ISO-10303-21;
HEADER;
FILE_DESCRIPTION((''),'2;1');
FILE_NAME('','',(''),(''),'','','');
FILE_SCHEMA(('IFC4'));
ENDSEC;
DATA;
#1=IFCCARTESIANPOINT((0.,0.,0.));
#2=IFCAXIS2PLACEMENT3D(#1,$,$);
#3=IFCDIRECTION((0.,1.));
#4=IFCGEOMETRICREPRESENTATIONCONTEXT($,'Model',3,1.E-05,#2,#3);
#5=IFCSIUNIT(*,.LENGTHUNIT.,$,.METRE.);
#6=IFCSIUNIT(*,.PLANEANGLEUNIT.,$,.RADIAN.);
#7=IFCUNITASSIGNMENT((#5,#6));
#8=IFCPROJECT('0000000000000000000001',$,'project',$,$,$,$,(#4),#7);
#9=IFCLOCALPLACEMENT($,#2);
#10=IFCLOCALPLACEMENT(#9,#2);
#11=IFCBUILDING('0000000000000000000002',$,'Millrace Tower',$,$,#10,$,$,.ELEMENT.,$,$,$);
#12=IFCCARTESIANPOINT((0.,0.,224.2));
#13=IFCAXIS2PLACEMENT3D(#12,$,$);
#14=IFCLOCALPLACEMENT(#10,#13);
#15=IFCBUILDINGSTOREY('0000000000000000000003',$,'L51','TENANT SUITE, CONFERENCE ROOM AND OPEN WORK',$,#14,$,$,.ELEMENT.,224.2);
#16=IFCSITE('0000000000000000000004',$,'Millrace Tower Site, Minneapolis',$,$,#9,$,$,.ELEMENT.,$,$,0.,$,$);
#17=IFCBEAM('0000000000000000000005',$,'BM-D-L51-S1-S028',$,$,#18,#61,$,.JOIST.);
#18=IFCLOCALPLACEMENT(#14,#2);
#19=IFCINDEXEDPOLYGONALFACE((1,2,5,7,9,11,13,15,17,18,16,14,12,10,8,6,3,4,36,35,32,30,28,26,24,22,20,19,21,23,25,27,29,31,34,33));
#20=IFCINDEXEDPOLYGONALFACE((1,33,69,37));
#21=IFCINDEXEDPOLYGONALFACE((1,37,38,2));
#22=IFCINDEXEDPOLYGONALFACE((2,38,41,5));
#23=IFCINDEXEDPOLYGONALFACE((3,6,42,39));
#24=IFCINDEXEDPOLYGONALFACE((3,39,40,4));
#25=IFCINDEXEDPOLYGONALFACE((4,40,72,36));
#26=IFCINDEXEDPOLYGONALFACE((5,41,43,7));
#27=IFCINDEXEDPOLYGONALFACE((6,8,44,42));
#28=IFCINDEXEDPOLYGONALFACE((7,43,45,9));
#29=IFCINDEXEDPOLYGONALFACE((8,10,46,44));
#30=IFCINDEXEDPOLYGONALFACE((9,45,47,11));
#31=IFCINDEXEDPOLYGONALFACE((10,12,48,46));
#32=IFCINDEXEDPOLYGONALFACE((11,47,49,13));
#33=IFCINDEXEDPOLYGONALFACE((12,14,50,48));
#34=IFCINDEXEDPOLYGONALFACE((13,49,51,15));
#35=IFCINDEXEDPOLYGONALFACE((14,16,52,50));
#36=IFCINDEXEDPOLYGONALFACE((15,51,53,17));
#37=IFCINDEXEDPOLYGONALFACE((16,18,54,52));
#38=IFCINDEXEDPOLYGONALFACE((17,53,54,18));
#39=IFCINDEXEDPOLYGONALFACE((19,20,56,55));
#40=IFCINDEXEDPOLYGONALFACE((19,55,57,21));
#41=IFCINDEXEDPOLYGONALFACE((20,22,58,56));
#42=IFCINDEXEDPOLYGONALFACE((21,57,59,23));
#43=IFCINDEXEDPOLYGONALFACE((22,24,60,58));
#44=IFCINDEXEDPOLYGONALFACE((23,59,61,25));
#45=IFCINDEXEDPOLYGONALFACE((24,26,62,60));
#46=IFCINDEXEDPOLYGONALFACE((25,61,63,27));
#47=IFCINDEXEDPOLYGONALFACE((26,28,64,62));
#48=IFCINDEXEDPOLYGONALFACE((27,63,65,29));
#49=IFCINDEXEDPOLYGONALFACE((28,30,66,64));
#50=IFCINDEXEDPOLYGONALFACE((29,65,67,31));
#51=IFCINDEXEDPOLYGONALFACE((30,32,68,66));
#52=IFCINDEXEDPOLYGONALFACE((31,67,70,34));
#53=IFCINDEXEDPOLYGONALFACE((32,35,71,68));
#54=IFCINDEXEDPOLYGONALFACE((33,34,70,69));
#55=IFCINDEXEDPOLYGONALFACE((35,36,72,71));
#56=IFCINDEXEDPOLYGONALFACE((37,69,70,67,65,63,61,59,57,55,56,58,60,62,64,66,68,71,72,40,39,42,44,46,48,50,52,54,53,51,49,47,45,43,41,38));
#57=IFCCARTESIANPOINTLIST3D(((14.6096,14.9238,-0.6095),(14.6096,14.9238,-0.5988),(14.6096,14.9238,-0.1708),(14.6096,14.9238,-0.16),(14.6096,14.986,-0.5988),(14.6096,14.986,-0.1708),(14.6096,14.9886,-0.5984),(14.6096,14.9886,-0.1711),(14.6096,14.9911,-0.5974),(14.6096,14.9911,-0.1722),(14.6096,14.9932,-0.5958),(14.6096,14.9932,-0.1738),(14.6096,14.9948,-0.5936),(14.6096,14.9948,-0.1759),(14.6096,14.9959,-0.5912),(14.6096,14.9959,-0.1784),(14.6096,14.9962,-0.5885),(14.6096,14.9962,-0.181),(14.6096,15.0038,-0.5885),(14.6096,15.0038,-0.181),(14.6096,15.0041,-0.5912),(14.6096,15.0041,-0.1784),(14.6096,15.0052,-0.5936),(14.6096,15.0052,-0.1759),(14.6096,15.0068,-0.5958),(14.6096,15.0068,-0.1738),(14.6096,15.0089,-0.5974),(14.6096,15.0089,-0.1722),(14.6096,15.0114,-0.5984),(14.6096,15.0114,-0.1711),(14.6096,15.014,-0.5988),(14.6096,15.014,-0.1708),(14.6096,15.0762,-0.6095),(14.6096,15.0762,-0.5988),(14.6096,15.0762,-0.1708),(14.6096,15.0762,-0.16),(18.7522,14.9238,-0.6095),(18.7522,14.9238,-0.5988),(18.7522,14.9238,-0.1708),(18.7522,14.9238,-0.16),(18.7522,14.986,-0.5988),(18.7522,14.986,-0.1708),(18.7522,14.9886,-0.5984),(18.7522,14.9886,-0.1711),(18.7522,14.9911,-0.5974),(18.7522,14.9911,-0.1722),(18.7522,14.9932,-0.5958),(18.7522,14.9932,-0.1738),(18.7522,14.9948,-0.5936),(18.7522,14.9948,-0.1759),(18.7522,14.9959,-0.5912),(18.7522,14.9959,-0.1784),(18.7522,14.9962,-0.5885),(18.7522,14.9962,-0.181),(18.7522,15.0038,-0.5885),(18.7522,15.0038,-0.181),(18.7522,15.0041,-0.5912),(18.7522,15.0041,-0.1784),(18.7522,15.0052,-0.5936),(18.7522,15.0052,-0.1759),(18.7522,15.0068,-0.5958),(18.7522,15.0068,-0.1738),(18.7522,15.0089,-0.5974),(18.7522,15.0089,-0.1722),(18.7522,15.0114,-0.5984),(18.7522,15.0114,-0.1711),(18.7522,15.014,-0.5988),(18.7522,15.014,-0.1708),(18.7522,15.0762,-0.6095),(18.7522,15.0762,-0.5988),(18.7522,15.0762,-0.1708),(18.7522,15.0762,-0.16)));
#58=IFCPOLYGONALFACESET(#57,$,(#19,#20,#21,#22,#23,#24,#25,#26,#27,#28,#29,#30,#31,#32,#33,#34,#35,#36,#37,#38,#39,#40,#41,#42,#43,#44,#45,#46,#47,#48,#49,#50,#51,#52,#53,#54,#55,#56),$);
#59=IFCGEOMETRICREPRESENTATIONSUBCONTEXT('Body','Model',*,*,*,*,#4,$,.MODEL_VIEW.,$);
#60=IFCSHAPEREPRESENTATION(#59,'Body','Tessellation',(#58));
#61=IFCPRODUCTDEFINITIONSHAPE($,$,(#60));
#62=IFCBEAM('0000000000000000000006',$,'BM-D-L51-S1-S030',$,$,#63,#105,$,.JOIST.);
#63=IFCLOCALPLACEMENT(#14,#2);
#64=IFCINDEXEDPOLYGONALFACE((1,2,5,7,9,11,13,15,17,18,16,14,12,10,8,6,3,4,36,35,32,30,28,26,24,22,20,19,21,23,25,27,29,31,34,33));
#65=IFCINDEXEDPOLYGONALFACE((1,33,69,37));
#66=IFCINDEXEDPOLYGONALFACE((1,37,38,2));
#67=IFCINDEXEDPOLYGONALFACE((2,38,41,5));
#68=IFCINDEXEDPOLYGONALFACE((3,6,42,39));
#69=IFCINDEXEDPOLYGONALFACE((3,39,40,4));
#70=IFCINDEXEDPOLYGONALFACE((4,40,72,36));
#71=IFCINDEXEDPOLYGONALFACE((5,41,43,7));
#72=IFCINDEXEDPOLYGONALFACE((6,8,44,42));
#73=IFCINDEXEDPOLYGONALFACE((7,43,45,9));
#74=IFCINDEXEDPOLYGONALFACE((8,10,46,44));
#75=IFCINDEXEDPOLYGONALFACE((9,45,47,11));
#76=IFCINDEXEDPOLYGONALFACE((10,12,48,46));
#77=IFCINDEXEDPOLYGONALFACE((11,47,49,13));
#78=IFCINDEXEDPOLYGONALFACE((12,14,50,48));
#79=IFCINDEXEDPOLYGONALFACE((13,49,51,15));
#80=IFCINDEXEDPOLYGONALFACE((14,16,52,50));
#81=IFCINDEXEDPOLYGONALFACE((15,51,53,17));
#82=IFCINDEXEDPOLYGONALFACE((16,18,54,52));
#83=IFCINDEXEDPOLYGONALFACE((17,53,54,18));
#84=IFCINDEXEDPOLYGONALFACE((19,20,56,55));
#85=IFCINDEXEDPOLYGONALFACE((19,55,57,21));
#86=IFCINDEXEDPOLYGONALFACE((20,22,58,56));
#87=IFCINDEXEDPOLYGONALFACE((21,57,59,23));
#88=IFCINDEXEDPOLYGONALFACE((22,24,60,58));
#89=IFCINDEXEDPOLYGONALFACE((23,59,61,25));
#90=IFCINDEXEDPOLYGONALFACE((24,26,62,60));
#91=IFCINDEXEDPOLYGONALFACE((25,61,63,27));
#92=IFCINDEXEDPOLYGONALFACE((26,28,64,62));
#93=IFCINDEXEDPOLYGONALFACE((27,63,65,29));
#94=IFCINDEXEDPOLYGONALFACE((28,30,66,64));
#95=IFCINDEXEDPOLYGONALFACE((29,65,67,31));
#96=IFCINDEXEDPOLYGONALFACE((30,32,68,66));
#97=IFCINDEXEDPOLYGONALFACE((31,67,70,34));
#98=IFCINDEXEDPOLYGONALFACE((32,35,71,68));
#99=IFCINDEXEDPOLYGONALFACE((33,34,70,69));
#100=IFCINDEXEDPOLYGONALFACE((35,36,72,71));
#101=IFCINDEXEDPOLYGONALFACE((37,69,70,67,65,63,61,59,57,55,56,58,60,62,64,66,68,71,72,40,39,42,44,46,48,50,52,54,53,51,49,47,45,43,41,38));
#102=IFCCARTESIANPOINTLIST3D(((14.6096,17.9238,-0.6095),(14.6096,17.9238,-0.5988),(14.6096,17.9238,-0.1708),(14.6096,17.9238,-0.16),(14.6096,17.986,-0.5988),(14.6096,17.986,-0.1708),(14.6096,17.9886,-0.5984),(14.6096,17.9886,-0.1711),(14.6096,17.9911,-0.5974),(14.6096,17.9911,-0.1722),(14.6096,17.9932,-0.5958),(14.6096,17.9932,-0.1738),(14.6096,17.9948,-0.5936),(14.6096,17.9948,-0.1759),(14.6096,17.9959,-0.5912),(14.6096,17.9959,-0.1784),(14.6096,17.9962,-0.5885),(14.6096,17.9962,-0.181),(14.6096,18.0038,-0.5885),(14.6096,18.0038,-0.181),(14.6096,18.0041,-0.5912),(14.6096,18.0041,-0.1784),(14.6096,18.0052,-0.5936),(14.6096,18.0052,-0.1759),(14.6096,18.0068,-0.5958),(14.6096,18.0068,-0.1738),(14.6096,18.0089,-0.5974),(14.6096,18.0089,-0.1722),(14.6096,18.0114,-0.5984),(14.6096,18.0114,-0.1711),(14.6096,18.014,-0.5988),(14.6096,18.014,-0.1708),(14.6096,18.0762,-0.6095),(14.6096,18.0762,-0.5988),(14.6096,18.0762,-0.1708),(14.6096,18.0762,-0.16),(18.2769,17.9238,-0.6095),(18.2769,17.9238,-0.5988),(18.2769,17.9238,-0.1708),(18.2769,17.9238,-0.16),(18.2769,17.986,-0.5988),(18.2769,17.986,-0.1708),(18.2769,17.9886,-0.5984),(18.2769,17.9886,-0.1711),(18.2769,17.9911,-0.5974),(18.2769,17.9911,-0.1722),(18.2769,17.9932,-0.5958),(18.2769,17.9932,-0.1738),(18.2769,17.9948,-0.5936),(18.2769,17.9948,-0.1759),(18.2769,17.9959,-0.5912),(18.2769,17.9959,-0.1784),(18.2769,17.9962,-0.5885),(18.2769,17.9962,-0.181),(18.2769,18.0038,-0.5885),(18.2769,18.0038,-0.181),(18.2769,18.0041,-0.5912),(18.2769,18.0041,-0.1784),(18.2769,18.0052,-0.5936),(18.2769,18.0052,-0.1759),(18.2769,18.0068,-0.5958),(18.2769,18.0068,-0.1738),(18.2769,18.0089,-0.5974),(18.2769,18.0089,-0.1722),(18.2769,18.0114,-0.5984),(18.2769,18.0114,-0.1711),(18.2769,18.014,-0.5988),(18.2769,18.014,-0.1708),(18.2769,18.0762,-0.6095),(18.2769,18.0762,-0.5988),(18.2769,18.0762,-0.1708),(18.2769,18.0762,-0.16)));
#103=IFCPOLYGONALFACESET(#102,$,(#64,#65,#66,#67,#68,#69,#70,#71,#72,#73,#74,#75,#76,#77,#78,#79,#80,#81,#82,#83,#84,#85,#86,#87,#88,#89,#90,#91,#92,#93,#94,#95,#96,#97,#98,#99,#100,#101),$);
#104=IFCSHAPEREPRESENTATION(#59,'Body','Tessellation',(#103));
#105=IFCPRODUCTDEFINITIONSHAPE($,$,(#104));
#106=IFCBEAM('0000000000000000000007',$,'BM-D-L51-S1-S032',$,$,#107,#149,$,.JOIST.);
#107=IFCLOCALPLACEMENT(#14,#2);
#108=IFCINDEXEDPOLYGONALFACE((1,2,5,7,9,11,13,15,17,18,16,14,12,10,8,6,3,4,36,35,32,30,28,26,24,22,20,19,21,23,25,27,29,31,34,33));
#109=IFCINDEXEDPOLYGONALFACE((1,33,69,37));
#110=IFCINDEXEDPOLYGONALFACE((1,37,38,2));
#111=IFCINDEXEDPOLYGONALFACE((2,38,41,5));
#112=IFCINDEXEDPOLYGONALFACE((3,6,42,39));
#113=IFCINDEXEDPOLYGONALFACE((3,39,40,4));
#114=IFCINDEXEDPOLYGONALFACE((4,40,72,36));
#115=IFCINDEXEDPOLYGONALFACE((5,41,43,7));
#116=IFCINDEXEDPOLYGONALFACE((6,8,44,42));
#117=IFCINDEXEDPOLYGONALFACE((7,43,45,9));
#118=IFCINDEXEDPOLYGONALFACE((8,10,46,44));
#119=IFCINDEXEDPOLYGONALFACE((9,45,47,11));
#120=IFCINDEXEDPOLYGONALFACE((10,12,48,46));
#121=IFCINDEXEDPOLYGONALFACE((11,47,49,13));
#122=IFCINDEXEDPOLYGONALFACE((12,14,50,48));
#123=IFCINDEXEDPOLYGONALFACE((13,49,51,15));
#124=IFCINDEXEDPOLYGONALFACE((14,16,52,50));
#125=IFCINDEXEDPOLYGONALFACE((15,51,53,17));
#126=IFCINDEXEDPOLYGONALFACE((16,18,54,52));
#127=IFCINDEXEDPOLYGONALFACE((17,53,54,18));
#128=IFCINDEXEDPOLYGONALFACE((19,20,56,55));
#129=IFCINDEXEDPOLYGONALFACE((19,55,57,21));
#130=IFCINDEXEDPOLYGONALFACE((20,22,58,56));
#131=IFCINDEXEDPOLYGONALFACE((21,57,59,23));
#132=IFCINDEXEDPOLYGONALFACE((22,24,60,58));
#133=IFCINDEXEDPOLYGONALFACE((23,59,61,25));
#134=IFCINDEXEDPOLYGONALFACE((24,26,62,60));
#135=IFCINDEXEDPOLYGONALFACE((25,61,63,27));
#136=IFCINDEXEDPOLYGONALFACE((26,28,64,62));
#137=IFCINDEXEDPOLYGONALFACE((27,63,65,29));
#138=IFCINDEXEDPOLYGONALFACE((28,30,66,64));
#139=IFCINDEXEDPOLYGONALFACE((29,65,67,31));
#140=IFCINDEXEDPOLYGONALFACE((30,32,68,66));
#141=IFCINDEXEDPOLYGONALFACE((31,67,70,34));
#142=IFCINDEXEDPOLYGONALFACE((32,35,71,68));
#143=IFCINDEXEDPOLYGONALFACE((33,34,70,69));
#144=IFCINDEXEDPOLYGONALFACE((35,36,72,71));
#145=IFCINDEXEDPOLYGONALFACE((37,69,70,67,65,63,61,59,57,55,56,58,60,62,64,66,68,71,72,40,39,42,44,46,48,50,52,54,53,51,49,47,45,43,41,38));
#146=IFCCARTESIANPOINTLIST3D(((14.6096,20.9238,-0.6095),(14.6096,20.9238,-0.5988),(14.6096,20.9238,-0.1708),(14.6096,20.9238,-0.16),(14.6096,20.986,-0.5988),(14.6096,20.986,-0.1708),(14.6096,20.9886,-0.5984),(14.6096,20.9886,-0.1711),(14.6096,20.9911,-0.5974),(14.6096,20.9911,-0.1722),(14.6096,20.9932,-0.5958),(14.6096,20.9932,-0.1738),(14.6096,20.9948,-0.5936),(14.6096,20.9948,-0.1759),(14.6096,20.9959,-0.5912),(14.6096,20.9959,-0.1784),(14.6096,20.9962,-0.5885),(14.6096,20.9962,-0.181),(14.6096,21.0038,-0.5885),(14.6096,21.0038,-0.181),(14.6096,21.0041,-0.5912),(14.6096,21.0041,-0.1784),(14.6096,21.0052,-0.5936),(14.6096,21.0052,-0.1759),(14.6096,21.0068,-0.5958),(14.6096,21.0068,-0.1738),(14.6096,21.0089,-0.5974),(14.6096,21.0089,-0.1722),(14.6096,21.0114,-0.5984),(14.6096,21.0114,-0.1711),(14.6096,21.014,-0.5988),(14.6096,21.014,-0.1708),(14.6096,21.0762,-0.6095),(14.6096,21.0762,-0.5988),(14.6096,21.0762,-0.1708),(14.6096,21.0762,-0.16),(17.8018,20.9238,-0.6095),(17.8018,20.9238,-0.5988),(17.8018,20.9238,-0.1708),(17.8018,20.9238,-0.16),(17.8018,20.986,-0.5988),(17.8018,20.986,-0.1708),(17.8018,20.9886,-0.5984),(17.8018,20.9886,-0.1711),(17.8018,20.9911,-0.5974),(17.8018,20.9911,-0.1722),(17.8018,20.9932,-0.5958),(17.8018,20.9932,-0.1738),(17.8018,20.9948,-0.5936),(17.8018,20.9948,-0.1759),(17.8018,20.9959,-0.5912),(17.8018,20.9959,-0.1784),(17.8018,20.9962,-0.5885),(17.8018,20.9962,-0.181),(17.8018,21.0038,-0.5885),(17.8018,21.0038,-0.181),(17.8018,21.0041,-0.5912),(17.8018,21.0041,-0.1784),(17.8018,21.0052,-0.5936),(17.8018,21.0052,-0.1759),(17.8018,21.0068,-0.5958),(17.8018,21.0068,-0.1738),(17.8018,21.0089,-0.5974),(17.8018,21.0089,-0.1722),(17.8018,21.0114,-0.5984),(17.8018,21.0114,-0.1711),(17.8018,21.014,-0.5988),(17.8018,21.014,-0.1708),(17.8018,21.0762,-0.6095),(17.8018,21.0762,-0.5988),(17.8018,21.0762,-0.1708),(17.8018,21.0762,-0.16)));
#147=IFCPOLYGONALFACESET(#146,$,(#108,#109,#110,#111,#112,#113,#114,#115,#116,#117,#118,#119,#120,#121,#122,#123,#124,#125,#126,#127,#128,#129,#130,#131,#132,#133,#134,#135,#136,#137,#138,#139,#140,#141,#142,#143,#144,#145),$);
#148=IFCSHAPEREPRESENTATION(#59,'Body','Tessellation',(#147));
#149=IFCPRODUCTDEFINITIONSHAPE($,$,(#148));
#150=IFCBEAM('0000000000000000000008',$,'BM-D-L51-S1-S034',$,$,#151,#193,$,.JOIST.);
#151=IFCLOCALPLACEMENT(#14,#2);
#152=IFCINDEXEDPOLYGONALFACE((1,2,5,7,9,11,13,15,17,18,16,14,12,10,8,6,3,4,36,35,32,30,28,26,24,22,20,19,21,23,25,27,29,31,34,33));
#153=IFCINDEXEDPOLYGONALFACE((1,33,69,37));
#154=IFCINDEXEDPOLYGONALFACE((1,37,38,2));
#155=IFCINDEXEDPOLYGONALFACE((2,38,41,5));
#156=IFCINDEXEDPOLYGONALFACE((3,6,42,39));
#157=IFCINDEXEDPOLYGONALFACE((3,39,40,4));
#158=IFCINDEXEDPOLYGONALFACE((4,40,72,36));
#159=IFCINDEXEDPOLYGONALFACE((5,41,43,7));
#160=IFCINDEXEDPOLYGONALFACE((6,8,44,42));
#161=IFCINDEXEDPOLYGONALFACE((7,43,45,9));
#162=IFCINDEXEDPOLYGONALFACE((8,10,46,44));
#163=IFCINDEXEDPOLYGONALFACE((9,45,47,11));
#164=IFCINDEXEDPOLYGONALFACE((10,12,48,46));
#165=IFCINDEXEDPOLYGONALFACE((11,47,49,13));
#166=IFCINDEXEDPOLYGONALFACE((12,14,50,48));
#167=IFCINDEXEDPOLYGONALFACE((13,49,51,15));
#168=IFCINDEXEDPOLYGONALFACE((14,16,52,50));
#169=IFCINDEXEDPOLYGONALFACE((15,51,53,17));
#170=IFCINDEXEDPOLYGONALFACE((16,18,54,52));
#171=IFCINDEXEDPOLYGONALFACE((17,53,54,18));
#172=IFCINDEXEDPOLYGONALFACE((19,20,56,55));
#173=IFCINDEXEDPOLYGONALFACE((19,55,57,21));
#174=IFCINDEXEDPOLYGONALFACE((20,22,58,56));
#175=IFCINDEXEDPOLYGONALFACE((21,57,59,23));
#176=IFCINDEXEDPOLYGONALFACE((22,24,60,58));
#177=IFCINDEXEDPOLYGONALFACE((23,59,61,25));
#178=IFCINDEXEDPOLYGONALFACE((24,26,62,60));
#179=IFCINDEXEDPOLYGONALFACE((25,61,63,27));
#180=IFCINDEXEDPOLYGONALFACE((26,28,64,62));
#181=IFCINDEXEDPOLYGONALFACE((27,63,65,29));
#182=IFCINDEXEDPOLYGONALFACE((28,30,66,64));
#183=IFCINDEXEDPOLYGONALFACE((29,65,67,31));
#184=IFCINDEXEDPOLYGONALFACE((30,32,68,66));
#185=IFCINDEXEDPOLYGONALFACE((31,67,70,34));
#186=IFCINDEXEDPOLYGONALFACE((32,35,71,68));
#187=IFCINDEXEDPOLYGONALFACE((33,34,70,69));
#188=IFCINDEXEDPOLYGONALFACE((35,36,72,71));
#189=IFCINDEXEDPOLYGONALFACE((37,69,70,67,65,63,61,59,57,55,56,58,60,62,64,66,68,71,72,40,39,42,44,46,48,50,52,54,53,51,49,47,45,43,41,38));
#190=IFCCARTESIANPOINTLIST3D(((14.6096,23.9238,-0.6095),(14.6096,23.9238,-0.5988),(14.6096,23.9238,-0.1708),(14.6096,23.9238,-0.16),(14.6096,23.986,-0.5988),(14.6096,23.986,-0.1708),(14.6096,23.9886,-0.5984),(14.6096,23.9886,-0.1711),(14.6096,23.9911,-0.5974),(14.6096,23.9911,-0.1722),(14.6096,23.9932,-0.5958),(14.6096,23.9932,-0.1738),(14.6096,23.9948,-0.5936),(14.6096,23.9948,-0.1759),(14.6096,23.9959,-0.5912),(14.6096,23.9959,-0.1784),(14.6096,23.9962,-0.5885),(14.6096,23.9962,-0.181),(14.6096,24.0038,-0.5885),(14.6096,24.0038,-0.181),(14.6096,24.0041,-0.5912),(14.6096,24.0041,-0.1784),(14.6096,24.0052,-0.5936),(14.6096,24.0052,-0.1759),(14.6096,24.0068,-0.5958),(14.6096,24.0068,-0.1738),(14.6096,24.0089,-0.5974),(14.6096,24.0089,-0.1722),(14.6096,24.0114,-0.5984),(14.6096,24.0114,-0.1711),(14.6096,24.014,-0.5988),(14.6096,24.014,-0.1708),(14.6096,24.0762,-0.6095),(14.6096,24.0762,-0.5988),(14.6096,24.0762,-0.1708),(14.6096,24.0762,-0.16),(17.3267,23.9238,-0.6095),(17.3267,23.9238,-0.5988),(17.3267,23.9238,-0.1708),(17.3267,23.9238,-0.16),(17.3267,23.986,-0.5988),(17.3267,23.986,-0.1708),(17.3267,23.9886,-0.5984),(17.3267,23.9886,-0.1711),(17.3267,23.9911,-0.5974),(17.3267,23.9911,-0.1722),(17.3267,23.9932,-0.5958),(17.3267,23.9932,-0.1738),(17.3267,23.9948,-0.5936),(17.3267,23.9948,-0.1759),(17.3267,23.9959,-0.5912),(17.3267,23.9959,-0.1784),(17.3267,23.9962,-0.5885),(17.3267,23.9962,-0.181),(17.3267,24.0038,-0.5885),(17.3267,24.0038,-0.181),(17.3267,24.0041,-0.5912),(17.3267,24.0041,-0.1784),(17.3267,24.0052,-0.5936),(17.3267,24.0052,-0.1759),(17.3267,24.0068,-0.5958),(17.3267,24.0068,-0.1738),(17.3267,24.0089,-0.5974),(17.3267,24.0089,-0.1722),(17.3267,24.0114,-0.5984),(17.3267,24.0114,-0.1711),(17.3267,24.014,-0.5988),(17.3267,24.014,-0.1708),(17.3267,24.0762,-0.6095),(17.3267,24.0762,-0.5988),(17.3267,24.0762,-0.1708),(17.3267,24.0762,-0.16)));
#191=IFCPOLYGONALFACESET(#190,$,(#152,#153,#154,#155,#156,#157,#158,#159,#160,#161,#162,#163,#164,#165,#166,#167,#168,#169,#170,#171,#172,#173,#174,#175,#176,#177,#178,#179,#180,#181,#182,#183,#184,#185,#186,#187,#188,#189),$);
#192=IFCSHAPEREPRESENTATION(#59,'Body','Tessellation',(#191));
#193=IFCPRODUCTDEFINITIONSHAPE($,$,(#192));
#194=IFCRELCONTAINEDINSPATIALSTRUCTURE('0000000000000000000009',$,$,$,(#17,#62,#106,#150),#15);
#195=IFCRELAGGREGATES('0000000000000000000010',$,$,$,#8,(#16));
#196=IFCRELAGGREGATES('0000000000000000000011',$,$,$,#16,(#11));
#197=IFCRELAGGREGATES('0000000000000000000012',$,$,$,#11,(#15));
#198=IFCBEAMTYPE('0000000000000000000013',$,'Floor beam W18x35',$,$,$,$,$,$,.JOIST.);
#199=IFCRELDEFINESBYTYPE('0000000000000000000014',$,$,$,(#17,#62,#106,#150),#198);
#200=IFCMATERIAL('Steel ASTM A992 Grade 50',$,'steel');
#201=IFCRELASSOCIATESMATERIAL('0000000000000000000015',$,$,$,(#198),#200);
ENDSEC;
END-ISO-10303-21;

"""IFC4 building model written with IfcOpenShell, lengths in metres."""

from ifc_helpers import new_model, si_unit, direction, frame, origin, origin_2d, place, context, subcontext, project, spatial, i_section, extrude, material, material_profile, profile_set, type_object, element, save


model = new_model("IFC4")

# Units and contexts
model_context = context("Model", 3, precision=1e-05, world=origin(), true_north=direction((0.0, 1.0)))
body_context = subcontext(model_context, "Body", "Model", "MODEL_VIEW")
ifc_project = project(units=[si_unit("LENGTHUNIT", "METRE"), si_unit("PLANEANGLEUNIT", "RADIAN")], contexts=[model_context])

# Site, building, storey
site_placement = place(None, origin())
site = spatial("IfcSite", under=ifc_project, at=site_placement, Name="Millrace Tower Site, Minneapolis", CompositionType="ELEMENT", RefElevation=0.0)
building_placement = place(site_placement, origin())
building = spatial("IfcBuilding", under=site, at=building_placement, Name="Millrace Tower", CompositionType="ELEMENT")
storey_placement = place(building_placement, frame((0.0, 0.0, 224.2)))
storey = spatial("IfcBuildingStorey", under=building, at=storey_placement, Name="L51", Description="TENANT SUITE, CONFERENCE ROOM AND OPEN WORK", CompositionType="ELEMENT", Elevation=224.2)

# Beams
ifc_material_1 = material(Name="Steel ASTM A992 Grade 50", Category="steel")
ifc_material_profile_1 = material_profile(ifc_material_1, i_section(OverallWidth=0.1523, OverallDepth=0.4495, WebThickness=0.0076, FlangeThickness=0.0107, FilletRadius=0.0103, at=origin_2d()))
ifc_profile_set_1 = profile_set([ifc_material_profile_1], Name="Steel ASTM A992 Grade 50")
beam_type_1 = type_object("IfcBeamType", Name="Floor beam W18x35", PredefinedType="JOIST", material=ifc_profile_set_1)
beam_1_placement = place(storey_placement, frame((14.6096, 15.0, -0.3848), z_axis=(1.0, 0.0, 0.0), x_axis=(0.0, 1.0, 0.0)))
element("IfcBeam", 1, at=beam_1_placement, inside=storey, type_object=beam_type_1, Name="BM-D-L51-S1-S028", PredefinedType="JOIST", context=body_context, shape_type="SweptSolid", body=[
    extrude(i_section(OverallWidth=0.1523, OverallDepth=0.4495, WebThickness=0.0076, FlangeThickness=0.0107, FilletRadius=0.0103, at=origin_2d()), origin(), (0.0, 0.0, 1.0), 4.1426),
])
beam_2_placement = place(storey_placement, frame((14.6096, 18.0, -0.3848), z_axis=(1.0, 0.0, 0.0), x_axis=(0.0, 1.0, 0.0)))
element("IfcBeam", 2, at=beam_2_placement, inside=storey, type_object=beam_type_1, Name="BM-D-L51-S1-S030", PredefinedType="JOIST", context=body_context, shape_type="SweptSolid", body=[
    extrude(i_section(OverallWidth=0.1523, OverallDepth=0.4495, WebThickness=0.0076, FlangeThickness=0.0107, FilletRadius=0.0103, at=origin_2d()), origin(), (0.0, 0.0, 1.0), 3.6672),
])
beam_3_placement = place(storey_placement, frame((14.6096, 21.0, -0.3848), z_axis=(1.0, 0.0, 0.0), x_axis=(0.0, 1.0, 0.0)))
element("IfcBeam", 3, at=beam_3_placement, inside=storey, type_object=beam_type_1, Name="BM-D-L51-S1-S032", PredefinedType="JOIST", context=body_context, shape_type="SweptSolid", body=[
    extrude(i_section(OverallWidth=0.1523, OverallDepth=0.4495, WebThickness=0.0076, FlangeThickness=0.0107, FilletRadius=0.0103, at=origin_2d()), origin(), (0.0, 0.0, 1.0), 3.1921),
])
beam_4_placement = place(storey_placement, frame((14.6096, 24.0, -0.3848), z_axis=(1.0, 0.0, 0.0), x_axis=(0.0, 1.0, 0.0)))
element("IfcBeam", 4, at=beam_4_placement, inside=storey, type_object=beam_type_1, Name="BM-D-L51-S1-S034", PredefinedType="JOIST", context=body_context, shape_type="SweptSolid", body=[
    extrude(i_section(OverallWidth=0.1523, OverallDepth=0.4495, WebThickness=0.0076, FlangeThickness=0.0107, FilletRadius=0.0103, at=origin_2d()), origin(), (0.0, 0.0, 1.0), 2.717),
])

save(model, "model.ifc")
